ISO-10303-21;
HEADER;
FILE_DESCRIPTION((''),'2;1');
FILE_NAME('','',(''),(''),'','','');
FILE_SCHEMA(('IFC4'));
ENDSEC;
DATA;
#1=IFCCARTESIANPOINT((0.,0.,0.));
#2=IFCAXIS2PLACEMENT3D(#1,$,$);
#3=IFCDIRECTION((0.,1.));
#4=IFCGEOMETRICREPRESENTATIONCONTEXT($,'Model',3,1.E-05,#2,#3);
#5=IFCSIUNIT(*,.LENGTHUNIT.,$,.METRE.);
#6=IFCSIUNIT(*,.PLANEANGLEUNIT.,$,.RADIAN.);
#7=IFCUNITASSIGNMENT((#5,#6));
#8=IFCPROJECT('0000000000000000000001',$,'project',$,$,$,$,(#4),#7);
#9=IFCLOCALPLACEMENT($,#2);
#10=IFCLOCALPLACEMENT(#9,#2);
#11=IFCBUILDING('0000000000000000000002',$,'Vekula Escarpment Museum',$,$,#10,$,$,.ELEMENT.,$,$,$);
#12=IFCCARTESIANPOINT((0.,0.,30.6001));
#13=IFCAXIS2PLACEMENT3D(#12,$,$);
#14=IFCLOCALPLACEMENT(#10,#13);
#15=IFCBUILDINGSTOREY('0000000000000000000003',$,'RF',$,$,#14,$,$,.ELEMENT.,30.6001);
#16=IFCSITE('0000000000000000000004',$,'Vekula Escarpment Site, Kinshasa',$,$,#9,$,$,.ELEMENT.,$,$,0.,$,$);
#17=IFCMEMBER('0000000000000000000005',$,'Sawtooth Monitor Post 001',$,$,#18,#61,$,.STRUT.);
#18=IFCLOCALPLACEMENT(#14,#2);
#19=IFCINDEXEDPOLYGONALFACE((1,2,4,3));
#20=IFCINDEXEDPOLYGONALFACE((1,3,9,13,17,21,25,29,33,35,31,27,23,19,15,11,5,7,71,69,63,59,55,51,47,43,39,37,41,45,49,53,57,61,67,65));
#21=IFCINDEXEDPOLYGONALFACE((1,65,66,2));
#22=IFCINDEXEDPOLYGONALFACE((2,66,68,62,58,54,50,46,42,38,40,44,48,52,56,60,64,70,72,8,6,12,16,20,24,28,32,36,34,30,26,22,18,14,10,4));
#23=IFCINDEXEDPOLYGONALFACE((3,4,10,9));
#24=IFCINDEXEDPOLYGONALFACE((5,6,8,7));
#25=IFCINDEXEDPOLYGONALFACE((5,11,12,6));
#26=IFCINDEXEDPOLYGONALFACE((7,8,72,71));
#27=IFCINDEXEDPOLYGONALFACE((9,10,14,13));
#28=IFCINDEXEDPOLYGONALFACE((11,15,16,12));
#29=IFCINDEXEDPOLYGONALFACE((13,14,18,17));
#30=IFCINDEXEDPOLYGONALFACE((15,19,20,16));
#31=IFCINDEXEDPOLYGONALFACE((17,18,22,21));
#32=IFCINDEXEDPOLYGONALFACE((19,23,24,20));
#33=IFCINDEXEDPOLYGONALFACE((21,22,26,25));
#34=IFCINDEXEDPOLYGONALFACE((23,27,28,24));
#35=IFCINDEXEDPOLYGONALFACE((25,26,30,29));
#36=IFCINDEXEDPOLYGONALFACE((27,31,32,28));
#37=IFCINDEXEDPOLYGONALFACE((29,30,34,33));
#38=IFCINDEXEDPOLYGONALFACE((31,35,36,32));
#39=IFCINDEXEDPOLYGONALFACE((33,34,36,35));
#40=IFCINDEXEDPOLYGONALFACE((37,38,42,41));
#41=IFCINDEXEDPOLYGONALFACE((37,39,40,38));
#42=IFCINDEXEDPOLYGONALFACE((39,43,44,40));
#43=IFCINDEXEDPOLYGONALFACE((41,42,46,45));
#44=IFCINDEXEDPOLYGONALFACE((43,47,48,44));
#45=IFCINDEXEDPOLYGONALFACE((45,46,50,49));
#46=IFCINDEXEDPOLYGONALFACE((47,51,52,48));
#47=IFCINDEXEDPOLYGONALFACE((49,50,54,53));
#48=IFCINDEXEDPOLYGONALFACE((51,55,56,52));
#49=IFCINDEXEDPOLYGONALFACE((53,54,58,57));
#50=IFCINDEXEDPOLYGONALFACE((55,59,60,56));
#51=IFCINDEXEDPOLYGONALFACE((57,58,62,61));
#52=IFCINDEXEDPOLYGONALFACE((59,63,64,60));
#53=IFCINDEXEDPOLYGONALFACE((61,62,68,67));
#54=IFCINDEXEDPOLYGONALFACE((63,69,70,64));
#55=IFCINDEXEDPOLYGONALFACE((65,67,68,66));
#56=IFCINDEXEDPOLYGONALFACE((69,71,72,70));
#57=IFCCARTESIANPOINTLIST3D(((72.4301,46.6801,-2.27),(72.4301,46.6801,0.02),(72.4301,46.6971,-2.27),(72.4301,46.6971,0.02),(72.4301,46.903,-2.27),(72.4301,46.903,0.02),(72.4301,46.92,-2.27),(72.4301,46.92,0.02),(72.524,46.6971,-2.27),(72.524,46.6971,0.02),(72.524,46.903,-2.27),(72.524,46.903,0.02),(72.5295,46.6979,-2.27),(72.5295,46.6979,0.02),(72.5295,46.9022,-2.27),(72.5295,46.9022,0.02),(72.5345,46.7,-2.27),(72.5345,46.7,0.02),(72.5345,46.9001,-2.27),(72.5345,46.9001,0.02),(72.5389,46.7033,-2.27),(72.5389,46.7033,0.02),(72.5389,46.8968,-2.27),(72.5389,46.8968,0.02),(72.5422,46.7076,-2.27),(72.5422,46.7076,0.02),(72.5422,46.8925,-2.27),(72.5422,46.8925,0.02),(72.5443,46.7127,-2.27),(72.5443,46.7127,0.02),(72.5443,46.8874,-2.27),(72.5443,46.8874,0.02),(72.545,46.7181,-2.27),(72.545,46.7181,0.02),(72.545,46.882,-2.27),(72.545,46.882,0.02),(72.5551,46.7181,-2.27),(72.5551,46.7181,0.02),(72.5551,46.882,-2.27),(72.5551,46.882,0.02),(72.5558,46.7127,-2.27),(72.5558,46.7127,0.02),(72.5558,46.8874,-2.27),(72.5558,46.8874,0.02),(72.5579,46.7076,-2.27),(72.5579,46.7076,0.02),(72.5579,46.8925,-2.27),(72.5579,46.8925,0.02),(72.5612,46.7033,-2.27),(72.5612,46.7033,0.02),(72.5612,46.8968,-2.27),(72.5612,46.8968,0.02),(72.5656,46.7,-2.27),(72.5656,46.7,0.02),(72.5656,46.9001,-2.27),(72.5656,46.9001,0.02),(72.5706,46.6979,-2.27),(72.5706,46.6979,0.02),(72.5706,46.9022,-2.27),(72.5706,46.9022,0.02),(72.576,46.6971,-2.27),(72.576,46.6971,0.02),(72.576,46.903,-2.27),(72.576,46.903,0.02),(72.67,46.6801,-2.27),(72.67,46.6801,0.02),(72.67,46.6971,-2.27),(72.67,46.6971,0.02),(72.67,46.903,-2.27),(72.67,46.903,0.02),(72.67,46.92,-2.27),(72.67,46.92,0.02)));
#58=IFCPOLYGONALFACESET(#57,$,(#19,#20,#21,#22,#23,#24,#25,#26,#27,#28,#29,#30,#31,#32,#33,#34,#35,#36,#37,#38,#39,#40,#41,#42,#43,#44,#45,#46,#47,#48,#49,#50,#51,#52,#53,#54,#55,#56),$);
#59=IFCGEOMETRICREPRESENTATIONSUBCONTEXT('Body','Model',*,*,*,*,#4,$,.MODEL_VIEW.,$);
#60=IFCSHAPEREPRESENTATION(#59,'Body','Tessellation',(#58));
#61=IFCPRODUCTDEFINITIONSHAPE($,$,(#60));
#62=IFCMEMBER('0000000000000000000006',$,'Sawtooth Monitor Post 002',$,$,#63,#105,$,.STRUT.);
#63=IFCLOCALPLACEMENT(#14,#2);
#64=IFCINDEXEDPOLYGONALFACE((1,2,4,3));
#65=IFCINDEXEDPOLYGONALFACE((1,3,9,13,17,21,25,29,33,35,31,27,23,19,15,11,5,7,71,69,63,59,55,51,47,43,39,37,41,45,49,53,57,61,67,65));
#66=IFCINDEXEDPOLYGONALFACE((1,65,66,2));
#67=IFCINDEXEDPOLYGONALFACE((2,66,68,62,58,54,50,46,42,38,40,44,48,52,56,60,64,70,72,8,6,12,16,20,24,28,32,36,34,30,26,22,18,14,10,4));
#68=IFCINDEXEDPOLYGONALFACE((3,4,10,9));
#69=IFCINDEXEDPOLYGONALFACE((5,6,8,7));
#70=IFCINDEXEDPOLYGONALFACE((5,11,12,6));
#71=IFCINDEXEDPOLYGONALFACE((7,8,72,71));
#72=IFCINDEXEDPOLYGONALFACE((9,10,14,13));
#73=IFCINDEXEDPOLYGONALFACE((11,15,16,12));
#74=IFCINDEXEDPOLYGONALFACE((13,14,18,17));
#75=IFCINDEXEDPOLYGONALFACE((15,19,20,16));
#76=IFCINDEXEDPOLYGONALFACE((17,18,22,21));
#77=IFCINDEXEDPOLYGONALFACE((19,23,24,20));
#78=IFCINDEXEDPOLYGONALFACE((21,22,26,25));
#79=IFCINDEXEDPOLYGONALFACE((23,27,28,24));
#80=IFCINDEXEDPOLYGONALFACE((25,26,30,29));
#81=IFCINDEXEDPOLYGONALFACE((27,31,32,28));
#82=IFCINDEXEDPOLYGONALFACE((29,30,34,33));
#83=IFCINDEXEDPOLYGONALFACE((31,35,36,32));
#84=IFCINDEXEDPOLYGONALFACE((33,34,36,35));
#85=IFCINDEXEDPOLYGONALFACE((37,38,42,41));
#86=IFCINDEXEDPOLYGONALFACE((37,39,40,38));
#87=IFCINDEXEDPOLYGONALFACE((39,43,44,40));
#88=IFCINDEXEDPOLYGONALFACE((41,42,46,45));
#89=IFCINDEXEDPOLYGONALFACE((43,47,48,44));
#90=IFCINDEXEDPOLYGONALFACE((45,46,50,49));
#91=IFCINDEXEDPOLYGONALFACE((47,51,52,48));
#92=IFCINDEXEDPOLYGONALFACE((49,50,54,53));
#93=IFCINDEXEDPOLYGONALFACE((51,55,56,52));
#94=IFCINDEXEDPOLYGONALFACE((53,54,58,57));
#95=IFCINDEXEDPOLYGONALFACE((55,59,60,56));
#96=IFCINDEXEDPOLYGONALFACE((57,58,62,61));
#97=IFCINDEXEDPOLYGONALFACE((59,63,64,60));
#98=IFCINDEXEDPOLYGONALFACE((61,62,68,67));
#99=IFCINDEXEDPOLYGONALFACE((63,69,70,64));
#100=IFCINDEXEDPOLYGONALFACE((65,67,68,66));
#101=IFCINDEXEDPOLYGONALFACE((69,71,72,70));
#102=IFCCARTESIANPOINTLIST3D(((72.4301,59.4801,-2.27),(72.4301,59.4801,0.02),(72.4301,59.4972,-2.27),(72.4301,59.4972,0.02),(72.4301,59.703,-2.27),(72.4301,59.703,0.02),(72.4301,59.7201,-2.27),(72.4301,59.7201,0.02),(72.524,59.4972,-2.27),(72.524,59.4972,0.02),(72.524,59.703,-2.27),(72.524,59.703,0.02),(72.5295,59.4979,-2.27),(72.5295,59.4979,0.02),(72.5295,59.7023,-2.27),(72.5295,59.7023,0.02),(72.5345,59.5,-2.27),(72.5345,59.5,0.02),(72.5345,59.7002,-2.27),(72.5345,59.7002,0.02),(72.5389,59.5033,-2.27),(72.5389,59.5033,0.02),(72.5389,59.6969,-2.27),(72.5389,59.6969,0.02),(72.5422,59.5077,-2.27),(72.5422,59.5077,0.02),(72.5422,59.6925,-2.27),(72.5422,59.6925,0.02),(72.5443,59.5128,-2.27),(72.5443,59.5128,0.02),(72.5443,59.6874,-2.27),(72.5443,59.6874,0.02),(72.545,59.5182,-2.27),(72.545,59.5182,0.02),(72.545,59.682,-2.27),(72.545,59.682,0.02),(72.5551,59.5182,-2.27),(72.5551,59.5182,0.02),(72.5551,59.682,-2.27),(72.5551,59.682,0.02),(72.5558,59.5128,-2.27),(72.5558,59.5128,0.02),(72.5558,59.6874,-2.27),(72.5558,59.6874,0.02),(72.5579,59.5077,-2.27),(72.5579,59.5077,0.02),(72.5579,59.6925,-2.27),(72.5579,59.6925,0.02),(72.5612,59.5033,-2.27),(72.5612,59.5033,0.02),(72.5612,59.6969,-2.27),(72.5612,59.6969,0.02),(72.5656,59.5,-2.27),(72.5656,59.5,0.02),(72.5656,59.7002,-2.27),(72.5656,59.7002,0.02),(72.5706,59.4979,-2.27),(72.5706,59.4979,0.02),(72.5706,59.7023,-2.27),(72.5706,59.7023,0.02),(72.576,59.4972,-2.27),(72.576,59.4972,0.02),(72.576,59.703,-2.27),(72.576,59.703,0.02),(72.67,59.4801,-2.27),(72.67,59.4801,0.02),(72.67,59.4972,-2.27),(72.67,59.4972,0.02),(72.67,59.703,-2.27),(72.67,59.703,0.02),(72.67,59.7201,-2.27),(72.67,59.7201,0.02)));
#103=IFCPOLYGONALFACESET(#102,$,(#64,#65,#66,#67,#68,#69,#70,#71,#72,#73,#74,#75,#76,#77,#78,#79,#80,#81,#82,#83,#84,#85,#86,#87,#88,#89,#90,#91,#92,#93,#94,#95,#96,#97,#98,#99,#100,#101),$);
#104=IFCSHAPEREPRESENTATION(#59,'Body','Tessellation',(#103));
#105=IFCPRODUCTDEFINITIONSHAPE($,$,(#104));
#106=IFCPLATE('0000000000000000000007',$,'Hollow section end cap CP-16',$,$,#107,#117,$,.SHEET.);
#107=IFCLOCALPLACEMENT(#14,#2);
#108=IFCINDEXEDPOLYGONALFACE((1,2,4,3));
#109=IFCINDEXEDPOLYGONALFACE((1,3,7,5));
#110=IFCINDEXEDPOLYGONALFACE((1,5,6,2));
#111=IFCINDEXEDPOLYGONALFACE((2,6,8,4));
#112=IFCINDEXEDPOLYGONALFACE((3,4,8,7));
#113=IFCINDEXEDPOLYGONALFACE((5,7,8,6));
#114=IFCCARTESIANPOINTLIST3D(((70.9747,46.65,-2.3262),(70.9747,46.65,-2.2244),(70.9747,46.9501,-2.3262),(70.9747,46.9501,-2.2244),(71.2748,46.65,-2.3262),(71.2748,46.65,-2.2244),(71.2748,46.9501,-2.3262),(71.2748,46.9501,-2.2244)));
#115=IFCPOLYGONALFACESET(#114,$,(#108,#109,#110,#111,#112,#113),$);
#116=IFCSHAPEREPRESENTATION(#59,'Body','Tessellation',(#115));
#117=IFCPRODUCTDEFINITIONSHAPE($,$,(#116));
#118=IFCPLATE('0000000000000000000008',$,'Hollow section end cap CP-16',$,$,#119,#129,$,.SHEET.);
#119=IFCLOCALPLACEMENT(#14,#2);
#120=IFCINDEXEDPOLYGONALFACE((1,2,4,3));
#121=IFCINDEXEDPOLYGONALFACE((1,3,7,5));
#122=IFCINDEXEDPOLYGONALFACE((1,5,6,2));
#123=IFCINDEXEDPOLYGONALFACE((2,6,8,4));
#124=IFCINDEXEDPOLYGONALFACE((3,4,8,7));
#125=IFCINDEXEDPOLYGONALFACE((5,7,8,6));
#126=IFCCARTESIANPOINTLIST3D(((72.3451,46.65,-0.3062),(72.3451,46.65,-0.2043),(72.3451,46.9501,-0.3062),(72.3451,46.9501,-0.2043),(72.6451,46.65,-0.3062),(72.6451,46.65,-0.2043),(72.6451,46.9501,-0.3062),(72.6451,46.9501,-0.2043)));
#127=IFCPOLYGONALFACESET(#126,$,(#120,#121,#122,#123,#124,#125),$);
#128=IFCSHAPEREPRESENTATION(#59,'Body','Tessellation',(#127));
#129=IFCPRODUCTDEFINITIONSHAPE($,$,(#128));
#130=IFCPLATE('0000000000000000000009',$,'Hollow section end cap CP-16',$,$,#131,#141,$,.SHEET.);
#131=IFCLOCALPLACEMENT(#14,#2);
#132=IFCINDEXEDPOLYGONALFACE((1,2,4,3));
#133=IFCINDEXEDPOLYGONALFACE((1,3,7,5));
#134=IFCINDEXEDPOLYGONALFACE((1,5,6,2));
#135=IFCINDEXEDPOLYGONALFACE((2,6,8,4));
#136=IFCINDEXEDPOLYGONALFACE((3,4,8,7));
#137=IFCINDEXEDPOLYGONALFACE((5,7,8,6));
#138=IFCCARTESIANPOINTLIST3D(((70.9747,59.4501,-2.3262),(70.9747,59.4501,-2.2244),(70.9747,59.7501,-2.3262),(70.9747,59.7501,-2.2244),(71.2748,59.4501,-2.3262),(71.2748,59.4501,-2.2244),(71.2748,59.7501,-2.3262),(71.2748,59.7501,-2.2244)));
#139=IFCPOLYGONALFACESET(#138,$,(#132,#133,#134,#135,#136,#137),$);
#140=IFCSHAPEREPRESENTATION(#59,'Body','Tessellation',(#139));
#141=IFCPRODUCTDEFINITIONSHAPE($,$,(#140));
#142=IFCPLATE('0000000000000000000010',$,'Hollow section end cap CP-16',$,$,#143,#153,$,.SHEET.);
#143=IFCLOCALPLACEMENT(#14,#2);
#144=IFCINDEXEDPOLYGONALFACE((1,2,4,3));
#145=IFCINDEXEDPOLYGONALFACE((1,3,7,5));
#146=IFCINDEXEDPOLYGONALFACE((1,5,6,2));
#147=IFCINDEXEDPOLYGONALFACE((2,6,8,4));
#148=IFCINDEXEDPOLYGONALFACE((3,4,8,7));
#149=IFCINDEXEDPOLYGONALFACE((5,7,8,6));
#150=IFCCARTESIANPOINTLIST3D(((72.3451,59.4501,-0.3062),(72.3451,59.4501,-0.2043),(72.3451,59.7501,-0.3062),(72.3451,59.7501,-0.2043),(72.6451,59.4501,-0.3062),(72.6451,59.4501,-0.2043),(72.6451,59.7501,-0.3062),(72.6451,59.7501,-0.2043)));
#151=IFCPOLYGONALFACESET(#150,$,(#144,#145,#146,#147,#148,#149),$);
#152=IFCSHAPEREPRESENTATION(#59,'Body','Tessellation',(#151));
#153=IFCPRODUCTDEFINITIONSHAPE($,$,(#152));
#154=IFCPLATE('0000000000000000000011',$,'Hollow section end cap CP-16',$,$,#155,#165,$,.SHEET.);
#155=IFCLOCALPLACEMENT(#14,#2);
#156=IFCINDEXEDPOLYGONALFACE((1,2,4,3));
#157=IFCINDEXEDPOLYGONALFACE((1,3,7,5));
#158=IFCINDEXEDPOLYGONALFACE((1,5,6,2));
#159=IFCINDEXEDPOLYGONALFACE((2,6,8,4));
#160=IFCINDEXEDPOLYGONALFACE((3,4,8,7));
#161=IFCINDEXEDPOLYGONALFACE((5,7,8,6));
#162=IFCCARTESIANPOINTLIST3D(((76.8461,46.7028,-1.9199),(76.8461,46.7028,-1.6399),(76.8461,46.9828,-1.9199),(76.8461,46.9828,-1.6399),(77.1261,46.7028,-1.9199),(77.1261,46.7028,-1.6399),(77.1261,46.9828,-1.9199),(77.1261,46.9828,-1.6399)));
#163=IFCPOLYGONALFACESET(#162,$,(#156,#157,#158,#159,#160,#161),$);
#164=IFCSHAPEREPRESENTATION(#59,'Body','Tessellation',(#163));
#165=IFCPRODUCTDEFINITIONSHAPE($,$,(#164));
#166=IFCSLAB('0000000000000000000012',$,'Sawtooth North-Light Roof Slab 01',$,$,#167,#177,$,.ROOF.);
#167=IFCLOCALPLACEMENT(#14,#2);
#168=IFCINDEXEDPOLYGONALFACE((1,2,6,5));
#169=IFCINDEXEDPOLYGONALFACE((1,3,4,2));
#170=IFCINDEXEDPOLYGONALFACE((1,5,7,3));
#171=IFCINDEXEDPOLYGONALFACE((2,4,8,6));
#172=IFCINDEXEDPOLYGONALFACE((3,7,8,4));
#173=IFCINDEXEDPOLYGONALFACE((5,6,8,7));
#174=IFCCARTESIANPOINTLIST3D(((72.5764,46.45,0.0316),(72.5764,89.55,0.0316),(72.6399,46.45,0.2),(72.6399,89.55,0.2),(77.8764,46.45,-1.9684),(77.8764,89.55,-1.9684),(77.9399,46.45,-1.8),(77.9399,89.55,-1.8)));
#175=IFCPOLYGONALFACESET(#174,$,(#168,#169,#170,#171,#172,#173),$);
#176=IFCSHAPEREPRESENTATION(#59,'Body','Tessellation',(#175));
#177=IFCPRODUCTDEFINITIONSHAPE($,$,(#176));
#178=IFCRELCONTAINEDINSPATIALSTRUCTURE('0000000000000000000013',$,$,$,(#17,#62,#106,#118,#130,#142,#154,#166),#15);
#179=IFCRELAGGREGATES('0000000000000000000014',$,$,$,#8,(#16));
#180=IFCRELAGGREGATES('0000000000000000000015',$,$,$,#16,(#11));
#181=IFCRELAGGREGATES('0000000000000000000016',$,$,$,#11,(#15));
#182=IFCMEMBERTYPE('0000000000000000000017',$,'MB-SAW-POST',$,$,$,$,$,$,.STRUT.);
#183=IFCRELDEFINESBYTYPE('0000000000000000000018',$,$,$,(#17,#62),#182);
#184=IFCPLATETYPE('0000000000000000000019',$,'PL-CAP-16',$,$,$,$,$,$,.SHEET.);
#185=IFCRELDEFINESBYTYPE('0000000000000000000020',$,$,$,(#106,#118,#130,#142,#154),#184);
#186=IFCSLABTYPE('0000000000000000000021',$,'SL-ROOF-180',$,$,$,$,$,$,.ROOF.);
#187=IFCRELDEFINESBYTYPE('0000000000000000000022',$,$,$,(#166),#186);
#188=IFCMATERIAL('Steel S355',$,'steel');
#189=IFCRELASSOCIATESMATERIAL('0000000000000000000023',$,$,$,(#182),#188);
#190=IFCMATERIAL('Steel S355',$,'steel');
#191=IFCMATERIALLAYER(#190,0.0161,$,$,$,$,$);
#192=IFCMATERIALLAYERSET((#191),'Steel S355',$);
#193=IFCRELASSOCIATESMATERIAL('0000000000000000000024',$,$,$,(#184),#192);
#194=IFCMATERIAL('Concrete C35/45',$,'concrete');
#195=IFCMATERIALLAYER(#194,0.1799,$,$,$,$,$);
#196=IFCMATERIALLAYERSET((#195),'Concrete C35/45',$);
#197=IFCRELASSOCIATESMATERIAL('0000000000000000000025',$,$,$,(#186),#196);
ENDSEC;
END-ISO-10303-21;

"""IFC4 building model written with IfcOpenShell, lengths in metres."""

from ifc_helpers import new_model, si_unit, direction, frame, origin, origin_2d, place, context, subcontext, project, spatial, polyline, rectangle, i_section, outline, extrude, material, layer, layer_set, material_profile, profile_set, type_object, element, save


model = new_model("IFC4")

# Units and contexts
model_context = context("Model", 3, precision=1e-05, world=origin(), true_north=direction((0.0, 1.0)))
body_context = subcontext(model_context, "Body", "Model", "MODEL_VIEW")
ifc_project = project(units=[si_unit("LENGTHUNIT", "METRE"), si_unit("PLANEANGLEUNIT", "RADIAN")], contexts=[model_context])

# Site, building, storey
site_placement = place(None, origin())
site = spatial("IfcSite", under=ifc_project, at=site_placement, Name="Vekula Escarpment Site, Kinshasa", CompositionType="ELEMENT", RefElevation=0.0)
building_placement = place(site_placement, origin())
building = spatial("IfcBuilding", under=site, at=building_placement, Name="Vekula Escarpment Museum", CompositionType="ELEMENT")
storey_placement = place(building_placement, frame((0.0, 0.0, 30.6001)))
storey = spatial("IfcBuildingStorey", under=building, at=storey_placement, Name="RF", CompositionType="ELEMENT", Elevation=30.6001)

# Members
ifc_material_1 = material(Name="Steel S355", Category="steel")
ifc_material_profile_1 = material_profile(ifc_material_1, i_section(OverallWidth=0.24, OverallDepth=0.24, WebThickness=0.01, FlangeThickness=0.0171, FilletRadius=0.021, at=origin_2d()), Name="HEB 240")
ifc_profile_set_1 = profile_set([ifc_material_profile_1], Name="Steel S355")
member_type_1 = type_object("IfcMemberType", Name="MB-SAW-POST", PredefinedType="STRUT", material=ifc_profile_set_1)
for number, where, z_axis, x_axis, name in (
    (1, (72.55, 46.8, -2.27), (0.0, 0.0, 1.0), (1.0, 0.0, 0.0), "Sawtooth Monitor Post 001"),
    (2, (72.55, 59.6001, -2.27), (0.0, 0.0, 1.0), (1.0, 0.0, 0.0), "Sawtooth Monitor Post 002"),
):
    element("IfcMember", number, at=place(storey_placement, frame(where, z_axis=z_axis, x_axis=x_axis)), inside=storey, type_object=member_type_1, Name=name, PredefinedType="STRUT", context=body_context, shape_type="SweptSolid", body=[
        extrude(i_section(OverallWidth=0.24, OverallDepth=0.24, WebThickness=0.01, FlangeThickness=0.0171, FilletRadius=0.021, at=origin_2d()), origin(), (0.0, 0.0, 1.0), 2.29),
    ])

# Plates
ifc_material_2 = material(Name="Steel S355", Category="steel")
ifc_layer_1 = layer(ifc_material_2, 0.0161)
ifc_layer_set_1 = layer_set([ifc_layer_1], Name="Steel S355")
plate_type = type_object("IfcPlateType", Name="PL-CAP-16", PredefinedType="SHEET", material=ifc_layer_set_1)
for number, where, z_axis, x_axis, name in (
    (3, (71.1248, 46.8, -2.3262), (0.0, 0.0, 1.0), (1.0, 0.0, 0.0), "Hollow section end cap CP-16"),
    (4, (72.4951, 46.8, -0.3062), (0.0, 0.0, 1.0), (1.0, 0.0, 0.0), "Hollow section end cap CP-16"),
    (5, (71.1248, 59.6001, -2.3262), (0.0, 0.0, 1.0), (1.0, 0.0, 0.0), "Hollow section end cap CP-16"),
    (6, (72.4951, 59.6001, -0.3062), (0.0, 0.0, 1.0), (1.0, 0.0, 0.0), "Hollow section end cap CP-16"),
):
    element("IfcPlate", number, at=place(storey_placement, frame(where, z_axis=z_axis, x_axis=x_axis)), inside=storey, type_object=plate_type, Name=name, PredefinedType="SHEET", context=body_context, shape_type="SweptSolid", body=[
        extrude(rectangle(XDim=0.3, YDim=0.3, at=origin_2d()), origin(), (0.0, 0.0, 1.0), 0.1018),
    ])
plate_placement = place(storey_placement, frame((76.9861, 46.8428, -1.9199), z_axis=(0.0, 0.0, 1.0), x_axis=(1.0, 0.0, 0.0)))
element("IfcPlate", 7, at=plate_placement, inside=storey, type_object=plate_type, Name="Hollow section end cap CP-16", PredefinedType="SHEET", context=body_context, shape_type="SweptSolid", body=[
    extrude(rectangle(XDim=0.28, YDim=0.28, at=origin_2d()), origin(), (0.0, 0.0, 1.0), 0.28),
])

# Slab
ifc_material_3 = material(Name="Concrete C35/45", Category="concrete")
ifc_layer_2 = layer(ifc_material_3, 0.1799)
ifc_layer_set_2 = layer_set([ifc_layer_2], Name="Concrete C35/45")
slab_type = type_object("IfcSlabType", Name="SL-ROOF-180", PredefinedType="ROOF", material=ifc_layer_set_2)
slab_placement = place(storey_placement, frame((72.6399, 46.45, 0.2), z_axis=(0.353054, 0.0, 0.935603), x_axis=(0.935603, 0.0, -0.353054)))
element("IfcSlab", 8, at=slab_placement, inside=storey, type_object=slab_type, Name="Sawtooth North-Light Roof Slab 01", PredefinedType="ROOF", context=body_context, shape_type="SweptSolid", body=[
    extrude(outline(polyline([(0.0, 0.0), (5.6648, 0.0), (5.6648, 43.1001), (0.0, 43.1001), (0.0, 0.0)])), origin(), (0.0, 0.0, -1.0), 0.1799),
])

save(model, "model.ifc")
